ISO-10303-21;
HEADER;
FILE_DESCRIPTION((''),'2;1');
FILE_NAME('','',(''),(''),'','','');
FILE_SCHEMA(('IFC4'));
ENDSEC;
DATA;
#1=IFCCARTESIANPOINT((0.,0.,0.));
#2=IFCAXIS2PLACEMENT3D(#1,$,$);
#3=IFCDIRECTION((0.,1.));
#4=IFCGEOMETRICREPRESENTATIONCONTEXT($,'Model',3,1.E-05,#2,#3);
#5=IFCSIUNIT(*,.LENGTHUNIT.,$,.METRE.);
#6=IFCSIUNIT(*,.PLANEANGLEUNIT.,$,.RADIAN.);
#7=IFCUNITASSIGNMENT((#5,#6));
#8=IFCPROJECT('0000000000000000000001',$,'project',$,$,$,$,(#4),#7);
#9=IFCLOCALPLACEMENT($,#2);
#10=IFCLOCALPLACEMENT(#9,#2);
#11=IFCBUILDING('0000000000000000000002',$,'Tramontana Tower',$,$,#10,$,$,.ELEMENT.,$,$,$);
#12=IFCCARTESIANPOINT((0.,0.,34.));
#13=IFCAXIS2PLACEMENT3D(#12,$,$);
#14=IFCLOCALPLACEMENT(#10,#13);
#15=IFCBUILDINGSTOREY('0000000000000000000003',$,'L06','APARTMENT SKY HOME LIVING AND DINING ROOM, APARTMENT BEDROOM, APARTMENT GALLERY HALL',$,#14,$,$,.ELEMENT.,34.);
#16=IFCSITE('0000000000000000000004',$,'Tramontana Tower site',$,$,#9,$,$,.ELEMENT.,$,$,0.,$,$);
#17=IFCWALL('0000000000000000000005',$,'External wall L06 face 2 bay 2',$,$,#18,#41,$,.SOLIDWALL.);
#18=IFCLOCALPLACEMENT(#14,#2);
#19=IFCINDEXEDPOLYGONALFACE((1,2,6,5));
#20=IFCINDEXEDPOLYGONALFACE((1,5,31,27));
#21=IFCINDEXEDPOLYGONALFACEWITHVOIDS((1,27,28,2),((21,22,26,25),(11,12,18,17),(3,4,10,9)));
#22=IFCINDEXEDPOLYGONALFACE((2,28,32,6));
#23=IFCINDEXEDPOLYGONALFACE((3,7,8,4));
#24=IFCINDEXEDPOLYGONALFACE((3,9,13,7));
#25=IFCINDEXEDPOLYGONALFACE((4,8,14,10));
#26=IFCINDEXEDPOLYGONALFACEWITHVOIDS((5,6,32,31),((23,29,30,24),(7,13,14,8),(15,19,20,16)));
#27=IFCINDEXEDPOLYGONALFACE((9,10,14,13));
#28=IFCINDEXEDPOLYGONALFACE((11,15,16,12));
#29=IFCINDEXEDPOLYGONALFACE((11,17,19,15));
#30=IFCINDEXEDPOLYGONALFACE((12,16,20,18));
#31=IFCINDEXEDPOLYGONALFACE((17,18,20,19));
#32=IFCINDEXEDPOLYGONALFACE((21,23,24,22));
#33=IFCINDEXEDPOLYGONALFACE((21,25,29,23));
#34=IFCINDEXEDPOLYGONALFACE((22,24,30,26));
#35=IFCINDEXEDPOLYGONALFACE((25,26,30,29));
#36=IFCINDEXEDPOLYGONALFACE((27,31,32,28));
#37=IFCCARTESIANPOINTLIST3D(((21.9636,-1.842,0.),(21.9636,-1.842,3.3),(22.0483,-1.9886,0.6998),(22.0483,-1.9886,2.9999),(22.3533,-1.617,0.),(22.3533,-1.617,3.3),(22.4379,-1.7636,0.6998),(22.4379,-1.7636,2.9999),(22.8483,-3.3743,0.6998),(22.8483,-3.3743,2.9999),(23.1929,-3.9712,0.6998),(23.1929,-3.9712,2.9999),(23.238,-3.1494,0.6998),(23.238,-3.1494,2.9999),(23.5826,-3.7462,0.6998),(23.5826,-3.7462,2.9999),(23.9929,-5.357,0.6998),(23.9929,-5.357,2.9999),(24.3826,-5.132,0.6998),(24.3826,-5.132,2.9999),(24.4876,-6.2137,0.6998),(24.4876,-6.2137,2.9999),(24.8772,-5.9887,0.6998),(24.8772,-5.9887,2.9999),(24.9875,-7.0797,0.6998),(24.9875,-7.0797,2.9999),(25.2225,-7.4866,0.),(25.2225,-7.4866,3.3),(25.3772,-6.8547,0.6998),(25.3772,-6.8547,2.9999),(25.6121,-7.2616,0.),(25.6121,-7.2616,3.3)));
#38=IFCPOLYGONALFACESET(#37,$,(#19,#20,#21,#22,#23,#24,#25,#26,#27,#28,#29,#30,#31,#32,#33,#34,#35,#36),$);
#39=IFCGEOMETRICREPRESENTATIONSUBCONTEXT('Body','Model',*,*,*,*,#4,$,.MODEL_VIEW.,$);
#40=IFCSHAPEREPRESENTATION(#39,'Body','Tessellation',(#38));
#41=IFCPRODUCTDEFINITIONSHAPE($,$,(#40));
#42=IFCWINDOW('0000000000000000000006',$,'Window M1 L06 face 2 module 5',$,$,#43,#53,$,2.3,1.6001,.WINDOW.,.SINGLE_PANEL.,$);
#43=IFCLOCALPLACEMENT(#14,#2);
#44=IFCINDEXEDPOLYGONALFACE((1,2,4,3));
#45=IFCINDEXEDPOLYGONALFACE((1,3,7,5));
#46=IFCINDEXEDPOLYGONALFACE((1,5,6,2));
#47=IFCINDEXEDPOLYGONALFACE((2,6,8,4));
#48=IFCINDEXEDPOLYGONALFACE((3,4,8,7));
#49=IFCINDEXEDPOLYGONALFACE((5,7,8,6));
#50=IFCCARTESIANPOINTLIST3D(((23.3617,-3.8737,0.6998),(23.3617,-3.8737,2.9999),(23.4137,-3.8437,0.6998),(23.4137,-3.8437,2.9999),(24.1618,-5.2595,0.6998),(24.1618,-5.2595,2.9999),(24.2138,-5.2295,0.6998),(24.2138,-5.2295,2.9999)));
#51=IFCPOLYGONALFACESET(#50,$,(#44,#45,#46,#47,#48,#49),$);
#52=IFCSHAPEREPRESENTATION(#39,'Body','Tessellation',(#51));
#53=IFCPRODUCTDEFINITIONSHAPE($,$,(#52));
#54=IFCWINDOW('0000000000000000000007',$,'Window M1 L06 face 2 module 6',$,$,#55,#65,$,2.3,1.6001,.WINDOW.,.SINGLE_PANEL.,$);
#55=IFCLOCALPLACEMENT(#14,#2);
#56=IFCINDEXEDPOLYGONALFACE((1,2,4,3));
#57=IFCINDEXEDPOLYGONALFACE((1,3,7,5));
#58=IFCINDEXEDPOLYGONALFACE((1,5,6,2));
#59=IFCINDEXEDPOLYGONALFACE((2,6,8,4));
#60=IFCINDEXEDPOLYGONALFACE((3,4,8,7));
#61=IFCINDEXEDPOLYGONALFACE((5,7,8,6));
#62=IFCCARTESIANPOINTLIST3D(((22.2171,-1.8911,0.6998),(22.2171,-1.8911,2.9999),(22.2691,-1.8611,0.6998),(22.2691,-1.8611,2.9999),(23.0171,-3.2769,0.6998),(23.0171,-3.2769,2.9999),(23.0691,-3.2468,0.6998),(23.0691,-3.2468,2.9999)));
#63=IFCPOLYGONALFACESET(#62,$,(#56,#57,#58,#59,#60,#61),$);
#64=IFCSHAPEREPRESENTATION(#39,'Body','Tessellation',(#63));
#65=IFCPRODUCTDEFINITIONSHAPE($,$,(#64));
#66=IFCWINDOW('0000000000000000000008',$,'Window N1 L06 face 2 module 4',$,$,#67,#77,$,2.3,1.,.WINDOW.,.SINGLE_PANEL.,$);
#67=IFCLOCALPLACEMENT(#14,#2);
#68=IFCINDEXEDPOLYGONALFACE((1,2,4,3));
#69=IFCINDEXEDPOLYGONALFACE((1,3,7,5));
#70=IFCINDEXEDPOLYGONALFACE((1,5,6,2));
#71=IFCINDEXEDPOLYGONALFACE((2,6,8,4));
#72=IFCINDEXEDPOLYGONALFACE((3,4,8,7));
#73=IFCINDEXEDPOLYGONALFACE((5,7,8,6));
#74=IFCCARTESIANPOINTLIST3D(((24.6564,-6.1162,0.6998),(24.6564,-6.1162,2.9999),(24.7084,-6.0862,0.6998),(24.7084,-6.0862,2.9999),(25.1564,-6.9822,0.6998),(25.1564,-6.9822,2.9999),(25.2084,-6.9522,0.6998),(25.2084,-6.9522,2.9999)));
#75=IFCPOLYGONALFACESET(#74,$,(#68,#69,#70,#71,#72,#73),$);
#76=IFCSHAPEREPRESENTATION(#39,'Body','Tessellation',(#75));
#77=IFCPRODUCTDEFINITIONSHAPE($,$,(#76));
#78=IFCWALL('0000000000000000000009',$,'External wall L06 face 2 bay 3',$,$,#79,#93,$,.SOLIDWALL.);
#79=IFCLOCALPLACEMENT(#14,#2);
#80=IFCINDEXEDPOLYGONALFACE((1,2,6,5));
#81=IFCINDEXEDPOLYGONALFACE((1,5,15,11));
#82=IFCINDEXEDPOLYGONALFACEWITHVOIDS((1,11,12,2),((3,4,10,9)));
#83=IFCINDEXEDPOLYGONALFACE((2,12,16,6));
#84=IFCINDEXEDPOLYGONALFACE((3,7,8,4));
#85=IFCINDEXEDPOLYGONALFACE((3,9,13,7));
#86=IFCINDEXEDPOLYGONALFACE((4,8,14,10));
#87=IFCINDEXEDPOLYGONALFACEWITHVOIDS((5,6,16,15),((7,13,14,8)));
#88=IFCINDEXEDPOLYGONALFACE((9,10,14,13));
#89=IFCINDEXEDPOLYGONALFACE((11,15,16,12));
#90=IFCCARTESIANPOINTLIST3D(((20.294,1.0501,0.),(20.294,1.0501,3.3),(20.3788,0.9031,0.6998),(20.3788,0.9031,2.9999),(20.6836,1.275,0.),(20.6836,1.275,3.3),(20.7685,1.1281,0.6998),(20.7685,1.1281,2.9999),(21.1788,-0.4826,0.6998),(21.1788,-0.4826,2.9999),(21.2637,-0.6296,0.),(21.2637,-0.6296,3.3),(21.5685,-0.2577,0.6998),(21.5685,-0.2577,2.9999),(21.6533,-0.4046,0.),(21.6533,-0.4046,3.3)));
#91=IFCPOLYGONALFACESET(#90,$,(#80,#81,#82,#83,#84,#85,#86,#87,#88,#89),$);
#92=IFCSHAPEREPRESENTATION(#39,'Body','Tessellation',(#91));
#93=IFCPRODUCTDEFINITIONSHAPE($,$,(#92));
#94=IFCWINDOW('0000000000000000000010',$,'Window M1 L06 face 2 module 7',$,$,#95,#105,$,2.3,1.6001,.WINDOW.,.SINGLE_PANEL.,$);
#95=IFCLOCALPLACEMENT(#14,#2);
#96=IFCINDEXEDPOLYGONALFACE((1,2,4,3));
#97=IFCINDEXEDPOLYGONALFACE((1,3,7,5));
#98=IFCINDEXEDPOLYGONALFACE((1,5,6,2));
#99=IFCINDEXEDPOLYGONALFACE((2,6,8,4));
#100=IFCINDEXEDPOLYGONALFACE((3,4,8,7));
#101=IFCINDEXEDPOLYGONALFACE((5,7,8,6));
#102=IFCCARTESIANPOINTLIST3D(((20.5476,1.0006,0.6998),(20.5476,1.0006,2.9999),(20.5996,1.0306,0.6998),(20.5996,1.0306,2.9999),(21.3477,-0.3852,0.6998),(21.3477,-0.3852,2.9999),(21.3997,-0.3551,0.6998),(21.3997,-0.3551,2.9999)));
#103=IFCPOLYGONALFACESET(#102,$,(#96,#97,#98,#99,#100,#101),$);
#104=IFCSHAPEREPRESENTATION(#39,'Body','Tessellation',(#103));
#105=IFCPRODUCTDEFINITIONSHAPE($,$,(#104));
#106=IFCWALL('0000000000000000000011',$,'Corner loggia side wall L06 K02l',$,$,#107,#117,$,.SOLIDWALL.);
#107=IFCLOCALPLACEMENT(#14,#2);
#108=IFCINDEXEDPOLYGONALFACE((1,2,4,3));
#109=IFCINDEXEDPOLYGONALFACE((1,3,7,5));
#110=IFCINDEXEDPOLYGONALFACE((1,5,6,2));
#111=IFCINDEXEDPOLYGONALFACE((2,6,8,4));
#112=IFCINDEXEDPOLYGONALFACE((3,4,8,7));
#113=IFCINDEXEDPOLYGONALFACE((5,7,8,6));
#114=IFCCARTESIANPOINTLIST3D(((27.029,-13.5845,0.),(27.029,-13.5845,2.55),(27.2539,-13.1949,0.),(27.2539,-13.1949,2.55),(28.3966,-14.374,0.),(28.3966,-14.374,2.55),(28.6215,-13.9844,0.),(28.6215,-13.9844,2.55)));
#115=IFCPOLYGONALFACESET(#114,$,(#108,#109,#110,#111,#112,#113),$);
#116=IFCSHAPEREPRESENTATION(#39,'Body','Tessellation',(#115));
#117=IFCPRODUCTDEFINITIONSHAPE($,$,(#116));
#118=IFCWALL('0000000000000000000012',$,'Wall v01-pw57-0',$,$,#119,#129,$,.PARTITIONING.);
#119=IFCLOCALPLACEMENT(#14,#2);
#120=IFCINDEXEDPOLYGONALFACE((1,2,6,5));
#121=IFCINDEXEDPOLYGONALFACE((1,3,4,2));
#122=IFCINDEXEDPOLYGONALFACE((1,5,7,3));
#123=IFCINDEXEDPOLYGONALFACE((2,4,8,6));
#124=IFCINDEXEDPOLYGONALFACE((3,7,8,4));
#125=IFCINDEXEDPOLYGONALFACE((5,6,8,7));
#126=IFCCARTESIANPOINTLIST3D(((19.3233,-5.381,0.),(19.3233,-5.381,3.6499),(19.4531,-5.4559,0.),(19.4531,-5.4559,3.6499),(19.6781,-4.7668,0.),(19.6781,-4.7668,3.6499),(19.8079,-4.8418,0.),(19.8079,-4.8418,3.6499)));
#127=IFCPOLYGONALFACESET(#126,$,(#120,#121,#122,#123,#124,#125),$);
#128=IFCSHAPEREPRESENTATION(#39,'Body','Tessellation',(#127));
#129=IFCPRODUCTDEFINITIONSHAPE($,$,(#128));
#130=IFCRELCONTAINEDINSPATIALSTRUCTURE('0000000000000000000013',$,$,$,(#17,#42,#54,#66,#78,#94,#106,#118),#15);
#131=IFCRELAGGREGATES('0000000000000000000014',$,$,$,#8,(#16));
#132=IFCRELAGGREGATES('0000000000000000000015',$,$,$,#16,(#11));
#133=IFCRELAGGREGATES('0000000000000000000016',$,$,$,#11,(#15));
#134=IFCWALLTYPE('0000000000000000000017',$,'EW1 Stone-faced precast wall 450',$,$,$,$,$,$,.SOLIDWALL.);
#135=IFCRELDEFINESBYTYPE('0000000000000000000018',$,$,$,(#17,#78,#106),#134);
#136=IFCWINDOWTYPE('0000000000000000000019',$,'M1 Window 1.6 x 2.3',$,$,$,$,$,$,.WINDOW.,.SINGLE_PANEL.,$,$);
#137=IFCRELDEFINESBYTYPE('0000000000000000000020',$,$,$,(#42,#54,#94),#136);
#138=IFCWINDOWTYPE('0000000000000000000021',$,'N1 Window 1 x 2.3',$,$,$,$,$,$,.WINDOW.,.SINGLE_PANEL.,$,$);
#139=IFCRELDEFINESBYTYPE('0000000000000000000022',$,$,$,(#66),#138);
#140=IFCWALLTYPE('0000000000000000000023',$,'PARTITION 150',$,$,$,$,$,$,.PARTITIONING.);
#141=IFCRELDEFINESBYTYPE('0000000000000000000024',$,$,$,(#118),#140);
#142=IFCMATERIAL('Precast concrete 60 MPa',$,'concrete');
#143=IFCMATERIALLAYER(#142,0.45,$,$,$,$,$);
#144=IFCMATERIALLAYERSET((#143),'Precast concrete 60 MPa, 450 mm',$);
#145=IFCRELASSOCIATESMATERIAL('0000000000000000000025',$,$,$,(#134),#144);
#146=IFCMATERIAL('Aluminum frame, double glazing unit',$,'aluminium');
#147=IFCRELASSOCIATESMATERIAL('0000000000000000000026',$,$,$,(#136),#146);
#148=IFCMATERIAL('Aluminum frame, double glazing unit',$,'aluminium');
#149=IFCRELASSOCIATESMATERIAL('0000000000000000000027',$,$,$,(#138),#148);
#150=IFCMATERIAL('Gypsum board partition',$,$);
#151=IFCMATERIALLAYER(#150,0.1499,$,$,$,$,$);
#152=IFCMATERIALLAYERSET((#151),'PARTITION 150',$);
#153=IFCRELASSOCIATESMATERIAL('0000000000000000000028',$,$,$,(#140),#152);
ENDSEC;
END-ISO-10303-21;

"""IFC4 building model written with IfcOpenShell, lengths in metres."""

from ifc_helpers import new_model, si_unit, direction, frame, frame_2d, origin, place, context, subcontext, project, spatial, rectangle, extrude, material, layer, layer_set, type_object, element, fill, save


model = new_model("IFC4")

# Units and contexts
model_context = context("Model", 3, precision=1e-05, world=origin(), true_north=direction((0.0, 1.0)))
body_context = subcontext(model_context, "Body", "Model", "MODEL_VIEW")
ifc_project = project(units=[si_unit("LENGTHUNIT", "METRE"), si_unit("PLANEANGLEUNIT", "RADIAN")], contexts=[model_context])

# Site, building, storey
site_placement = place(None, origin())
site = spatial("IfcSite", under=ifc_project, at=site_placement, Name="Tramontana Tower site", CompositionType="ELEMENT", RefElevation=0.0)
building_placement = place(site_placement, origin())
building = spatial("IfcBuilding", under=site, at=building_placement, Name="Tramontana Tower", CompositionType="ELEMENT")
storey_placement = place(building_placement, frame((0.0, 0.0, 34.0)))
storey = spatial("IfcBuildingStorey", under=building, at=storey_placement, Name="L06", Description="APARTMENT SKY HOME LIVING AND DINING ROOM, APARTMENT BEDROOM, APARTMENT GALLERY HALL", CompositionType="ELEMENT", Elevation=34.0)

# Wall, openings, windows
ifc_material_1 = material(Name="Precast concrete 60 MPa", Category="concrete")
ifc_layer_1 = layer(ifc_material_1, 0.45)
ifc_layer_set_1 = layer_set([ifc_layer_1], Name="Precast concrete 60 MPa, 450 mm")
wall_type_1 = type_object("IfcWallType", Name="EW1 Stone-faced precast wall 450", PredefinedType="SOLIDWALL", material=ifc_layer_set_1)
ifc_material_2 = material(Name="Aluminum frame, double glazing unit", Category="aluminium")
window_type_1 = type_object("IfcWindowType", Name="M1 Window 1.6 x 2.3", PartitioningType="SINGLE_PANEL", PredefinedType="WINDOW", material=ifc_material_2)
wall_1_placement = place(storey_placement, frame((25.4172, -7.374, 0.0), z_axis=(0.0, 0.0, 1.0), x_axis=(-0.49999, 0.866031, 0.0)))
wall_1 = element("IfcWall", 1, at=wall_1_placement, inside=storey, type_object=wall_type_1, Name="External wall L06 face 2 bay 2", PredefinedType="SOLIDWALL", context=body_context, shape_type="SweptSolid", body=[
    extrude(rectangle(XDim=6.5178, YDim=0.45, at=frame_2d((3.2588, 0.0))), origin(), (0.0, 0.0, 1.0), 3.3),
])
opening_1_placement = place(wall_1_placement, frame((0.4697, 0.0, 0.7)))
opening_1 = element("IfcOpeningElement", 2, at=opening_1_placement, cuts=wall_1, PredefinedType="OPENING", context=body_context, shape_type="SweptSolid", body=[
    extrude(rectangle(XDim=1.0, YDim=2.3, at=frame_2d((0.5, 1.1499))), frame((0.0, 0.2349, 0.0), z_axis=(0.0, -1.0, 0.0), x_axis=(1.0, 0.0, 0.0)), (0.0, 0.0, 1.0), 0.47),
])
opening_2_placement = place(wall_1_placement, frame((2.459, 0.0, 0.7)))
opening_2 = element("IfcOpeningElement", 3, at=opening_2_placement, cuts=wall_1, PredefinedType="OPENING", context=body_context, shape_type="SweptSolid", body=[
    extrude(rectangle(XDim=1.6001, YDim=2.3, at=frame_2d((0.8, 1.1499))), frame((0.0, 0.2349, 0.0), z_axis=(0.0, -1.0, 0.0), x_axis=(1.0, 0.0, 0.0)), (0.0, 0.0, 1.0), 0.47),
])
opening_3_placement = place(wall_1_placement, frame((4.7483, 0.0, 0.7)))
opening_3 = element("IfcOpeningElement", 4, at=opening_3_placement, cuts=wall_1, PredefinedType="OPENING", context=body_context, shape_type="SweptSolid", body=[
    extrude(rectangle(XDim=1.6001, YDim=2.3, at=frame_2d((0.8, 1.1499))), frame((0.0, 0.2349, 0.0), z_axis=(0.0, -1.0, 0.0), x_axis=(1.0, 0.0, 0.0)), (0.0, 0.0, 1.0), 0.47),
])
window_1_placement = place(opening_2_placement, origin())
window_1 = element("IfcWindow", 5, at=window_1_placement, inside=storey, type_object=window_type_1, Name="Window M1 L06 face 2 module 5", OverallHeight=2.3, OverallWidth=1.6001, PartitioningType="SINGLE_PANEL", PredefinedType="WINDOW", context=body_context, shape_type="SweptSolid", body=[
    extrude(rectangle(XDim=1.6001, YDim=2.3, at=frame_2d((0.8, 1.1499))), frame((0.0, 0.03, 0.0), z_axis=(0.0, -1.0, 0.0), x_axis=(1.0, 0.0, 0.0)), (0.0, 0.0, 1.0), 0.0601),
])
fill(opening_2, window_1)
window_2_placement = place(opening_3_placement, origin())
window_2 = element("IfcWindow", 6, at=window_2_placement, inside=storey, type_object=window_type_1, Name="Window M1 L06 face 2 module 6", OverallHeight=2.3, OverallWidth=1.6001, PartitioningType="SINGLE_PANEL", PredefinedType="WINDOW", context=body_context, shape_type="SweptSolid", body=[
    extrude(rectangle(XDim=1.6001, YDim=2.3, at=frame_2d((0.8, 1.1499))), frame((0.0, 0.03, 0.0), z_axis=(0.0, -1.0, 0.0), x_axis=(1.0, 0.0, 0.0)), (0.0, 0.0, 1.0), 0.0601),
])
fill(opening_3, window_2)
ifc_material_3 = material(Name="Aluminum frame, double glazing unit", Category="aluminium")
window_type_2 = type_object("IfcWindowType", Name="N1 Window 1 x 2.3", PartitioningType="SINGLE_PANEL", PredefinedType="WINDOW", material=ifc_material_3)
window_3_placement = place(opening_1_placement, origin())
window_3 = element("IfcWindow", 7, at=window_3_placement, inside=storey, type_object=window_type_2, Name="Window N1 L06 face 2 module 4", OverallHeight=2.3, OverallWidth=1.0, PartitioningType="SINGLE_PANEL", PredefinedType="WINDOW", context=body_context, shape_type="SweptSolid", body=[
    extrude(rectangle(XDim=1.0, YDim=2.3, at=frame_2d((0.5, 1.1499))), frame((0.0, 0.03, 0.0), z_axis=(0.0, -1.0, 0.0), x_axis=(1.0, 0.0, 0.0)), (0.0, 0.0, 1.0), 0.0601),
])
fill(opening_1, window_3)

# Wall, opening, window
wall_2_placement = place(storey_placement, frame((21.4585, -0.5171, 0.0), z_axis=(0.0, 0.0, 1.0), x_axis=(-0.499984, 0.866035, 0.0)))
wall_2 = element("IfcWall", 8, at=wall_2_placement, inside=storey, type_object=wall_type_1, Name="External wall L06 face 2 bay 3", PredefinedType="SOLIDWALL", context=body_context, shape_type="SweptSolid", body=[
    extrude(rectangle(XDim=1.9395, YDim=0.45, at=frame_2d((0.9697, 0.0))), origin(), (0.0, 0.0, 1.0), 3.3),
])
opening_4_placement = place(wall_2_placement, frame((0.1697, 0.0, 0.7)))
opening_4 = element("IfcOpeningElement", 9, at=opening_4_placement, cuts=wall_2, PredefinedType="OPENING", context=body_context, shape_type="SweptSolid", body=[
    extrude(rectangle(XDim=1.6001, YDim=2.3, at=frame_2d((0.8, 1.1499))), frame((0.0, 0.2349, 0.0), z_axis=(0.0, -1.0, 0.0), x_axis=(1.0, 0.0, 0.0)), (0.0, 0.0, 1.0), 0.47),
])
window_4_placement = place(opening_4_placement, origin())
window_4 = element("IfcWindow", 10, at=window_4_placement, inside=storey, type_object=window_type_1, Name="Window M1 L06 face 2 module 7", OverallHeight=2.3, OverallWidth=1.6001, PartitioningType="SINGLE_PANEL", PredefinedType="WINDOW", context=body_context, shape_type="SweptSolid", body=[
    extrude(rectangle(XDim=1.6001, YDim=2.3, at=frame_2d((0.8, 1.1499))), frame((0.0, 0.03, 0.0), z_axis=(0.0, -1.0, 0.0), x_axis=(1.0, 0.0, 0.0)), (0.0, 0.0, 1.0), 0.0601),
])
fill(opening_4, window_4)

# Wall
wall_3_placement = place(storey_placement, frame((28.509, -14.1792, 0.0), z_axis=(0.0, 0.0, 1.0), x_axis=(-0.866047, 0.499963, 0.0)))
element("IfcWall", 11, at=wall_3_placement, inside=storey, type_object=wall_type_1, Name="Corner loggia side wall L06 K02l", PredefinedType="SOLIDWALL", context=body_context, shape_type="SweptSolid", body=[
    extrude(rectangle(XDim=1.5791, YDim=0.45, at=frame_2d((0.7896, 0.0))), origin(), (0.0, 0.0, 1.0), 2.55),
])

# Wall
ifc_material_4 = material(Name="Gypsum board partition")
ifc_layer_2 = layer(ifc_material_4, 0.1499)
ifc_layer_set_2 = layer_set([ifc_layer_2], Name="PARTITION 150")
wall_type_2 = type_object("IfcWallType", Name="PARTITION 150", PredefinedType="PARTITIONING", material=ifc_layer_set_2)
wall_4_placement = place(storey_placement, frame((19.7429, -4.8044, 0.0), z_axis=(0.0, 0.0, 1.0), x_axis=(-0.500249, -0.865882, 0.0)))
element("IfcWall", 12, at=wall_4_placement, inside=storey, type_object=wall_type_2, Name="Wall v01-pw57-0", PredefinedType="PARTITIONING", context=body_context, shape_type="SweptSolid", body=[
    extrude(rectangle(XDim=0.7092, YDim=0.1499, at=frame_2d((0.3545, 0.0))), origin(), (0.0, 0.0, 1.0), 3.6499),
])

save(model, "model.ifc")
